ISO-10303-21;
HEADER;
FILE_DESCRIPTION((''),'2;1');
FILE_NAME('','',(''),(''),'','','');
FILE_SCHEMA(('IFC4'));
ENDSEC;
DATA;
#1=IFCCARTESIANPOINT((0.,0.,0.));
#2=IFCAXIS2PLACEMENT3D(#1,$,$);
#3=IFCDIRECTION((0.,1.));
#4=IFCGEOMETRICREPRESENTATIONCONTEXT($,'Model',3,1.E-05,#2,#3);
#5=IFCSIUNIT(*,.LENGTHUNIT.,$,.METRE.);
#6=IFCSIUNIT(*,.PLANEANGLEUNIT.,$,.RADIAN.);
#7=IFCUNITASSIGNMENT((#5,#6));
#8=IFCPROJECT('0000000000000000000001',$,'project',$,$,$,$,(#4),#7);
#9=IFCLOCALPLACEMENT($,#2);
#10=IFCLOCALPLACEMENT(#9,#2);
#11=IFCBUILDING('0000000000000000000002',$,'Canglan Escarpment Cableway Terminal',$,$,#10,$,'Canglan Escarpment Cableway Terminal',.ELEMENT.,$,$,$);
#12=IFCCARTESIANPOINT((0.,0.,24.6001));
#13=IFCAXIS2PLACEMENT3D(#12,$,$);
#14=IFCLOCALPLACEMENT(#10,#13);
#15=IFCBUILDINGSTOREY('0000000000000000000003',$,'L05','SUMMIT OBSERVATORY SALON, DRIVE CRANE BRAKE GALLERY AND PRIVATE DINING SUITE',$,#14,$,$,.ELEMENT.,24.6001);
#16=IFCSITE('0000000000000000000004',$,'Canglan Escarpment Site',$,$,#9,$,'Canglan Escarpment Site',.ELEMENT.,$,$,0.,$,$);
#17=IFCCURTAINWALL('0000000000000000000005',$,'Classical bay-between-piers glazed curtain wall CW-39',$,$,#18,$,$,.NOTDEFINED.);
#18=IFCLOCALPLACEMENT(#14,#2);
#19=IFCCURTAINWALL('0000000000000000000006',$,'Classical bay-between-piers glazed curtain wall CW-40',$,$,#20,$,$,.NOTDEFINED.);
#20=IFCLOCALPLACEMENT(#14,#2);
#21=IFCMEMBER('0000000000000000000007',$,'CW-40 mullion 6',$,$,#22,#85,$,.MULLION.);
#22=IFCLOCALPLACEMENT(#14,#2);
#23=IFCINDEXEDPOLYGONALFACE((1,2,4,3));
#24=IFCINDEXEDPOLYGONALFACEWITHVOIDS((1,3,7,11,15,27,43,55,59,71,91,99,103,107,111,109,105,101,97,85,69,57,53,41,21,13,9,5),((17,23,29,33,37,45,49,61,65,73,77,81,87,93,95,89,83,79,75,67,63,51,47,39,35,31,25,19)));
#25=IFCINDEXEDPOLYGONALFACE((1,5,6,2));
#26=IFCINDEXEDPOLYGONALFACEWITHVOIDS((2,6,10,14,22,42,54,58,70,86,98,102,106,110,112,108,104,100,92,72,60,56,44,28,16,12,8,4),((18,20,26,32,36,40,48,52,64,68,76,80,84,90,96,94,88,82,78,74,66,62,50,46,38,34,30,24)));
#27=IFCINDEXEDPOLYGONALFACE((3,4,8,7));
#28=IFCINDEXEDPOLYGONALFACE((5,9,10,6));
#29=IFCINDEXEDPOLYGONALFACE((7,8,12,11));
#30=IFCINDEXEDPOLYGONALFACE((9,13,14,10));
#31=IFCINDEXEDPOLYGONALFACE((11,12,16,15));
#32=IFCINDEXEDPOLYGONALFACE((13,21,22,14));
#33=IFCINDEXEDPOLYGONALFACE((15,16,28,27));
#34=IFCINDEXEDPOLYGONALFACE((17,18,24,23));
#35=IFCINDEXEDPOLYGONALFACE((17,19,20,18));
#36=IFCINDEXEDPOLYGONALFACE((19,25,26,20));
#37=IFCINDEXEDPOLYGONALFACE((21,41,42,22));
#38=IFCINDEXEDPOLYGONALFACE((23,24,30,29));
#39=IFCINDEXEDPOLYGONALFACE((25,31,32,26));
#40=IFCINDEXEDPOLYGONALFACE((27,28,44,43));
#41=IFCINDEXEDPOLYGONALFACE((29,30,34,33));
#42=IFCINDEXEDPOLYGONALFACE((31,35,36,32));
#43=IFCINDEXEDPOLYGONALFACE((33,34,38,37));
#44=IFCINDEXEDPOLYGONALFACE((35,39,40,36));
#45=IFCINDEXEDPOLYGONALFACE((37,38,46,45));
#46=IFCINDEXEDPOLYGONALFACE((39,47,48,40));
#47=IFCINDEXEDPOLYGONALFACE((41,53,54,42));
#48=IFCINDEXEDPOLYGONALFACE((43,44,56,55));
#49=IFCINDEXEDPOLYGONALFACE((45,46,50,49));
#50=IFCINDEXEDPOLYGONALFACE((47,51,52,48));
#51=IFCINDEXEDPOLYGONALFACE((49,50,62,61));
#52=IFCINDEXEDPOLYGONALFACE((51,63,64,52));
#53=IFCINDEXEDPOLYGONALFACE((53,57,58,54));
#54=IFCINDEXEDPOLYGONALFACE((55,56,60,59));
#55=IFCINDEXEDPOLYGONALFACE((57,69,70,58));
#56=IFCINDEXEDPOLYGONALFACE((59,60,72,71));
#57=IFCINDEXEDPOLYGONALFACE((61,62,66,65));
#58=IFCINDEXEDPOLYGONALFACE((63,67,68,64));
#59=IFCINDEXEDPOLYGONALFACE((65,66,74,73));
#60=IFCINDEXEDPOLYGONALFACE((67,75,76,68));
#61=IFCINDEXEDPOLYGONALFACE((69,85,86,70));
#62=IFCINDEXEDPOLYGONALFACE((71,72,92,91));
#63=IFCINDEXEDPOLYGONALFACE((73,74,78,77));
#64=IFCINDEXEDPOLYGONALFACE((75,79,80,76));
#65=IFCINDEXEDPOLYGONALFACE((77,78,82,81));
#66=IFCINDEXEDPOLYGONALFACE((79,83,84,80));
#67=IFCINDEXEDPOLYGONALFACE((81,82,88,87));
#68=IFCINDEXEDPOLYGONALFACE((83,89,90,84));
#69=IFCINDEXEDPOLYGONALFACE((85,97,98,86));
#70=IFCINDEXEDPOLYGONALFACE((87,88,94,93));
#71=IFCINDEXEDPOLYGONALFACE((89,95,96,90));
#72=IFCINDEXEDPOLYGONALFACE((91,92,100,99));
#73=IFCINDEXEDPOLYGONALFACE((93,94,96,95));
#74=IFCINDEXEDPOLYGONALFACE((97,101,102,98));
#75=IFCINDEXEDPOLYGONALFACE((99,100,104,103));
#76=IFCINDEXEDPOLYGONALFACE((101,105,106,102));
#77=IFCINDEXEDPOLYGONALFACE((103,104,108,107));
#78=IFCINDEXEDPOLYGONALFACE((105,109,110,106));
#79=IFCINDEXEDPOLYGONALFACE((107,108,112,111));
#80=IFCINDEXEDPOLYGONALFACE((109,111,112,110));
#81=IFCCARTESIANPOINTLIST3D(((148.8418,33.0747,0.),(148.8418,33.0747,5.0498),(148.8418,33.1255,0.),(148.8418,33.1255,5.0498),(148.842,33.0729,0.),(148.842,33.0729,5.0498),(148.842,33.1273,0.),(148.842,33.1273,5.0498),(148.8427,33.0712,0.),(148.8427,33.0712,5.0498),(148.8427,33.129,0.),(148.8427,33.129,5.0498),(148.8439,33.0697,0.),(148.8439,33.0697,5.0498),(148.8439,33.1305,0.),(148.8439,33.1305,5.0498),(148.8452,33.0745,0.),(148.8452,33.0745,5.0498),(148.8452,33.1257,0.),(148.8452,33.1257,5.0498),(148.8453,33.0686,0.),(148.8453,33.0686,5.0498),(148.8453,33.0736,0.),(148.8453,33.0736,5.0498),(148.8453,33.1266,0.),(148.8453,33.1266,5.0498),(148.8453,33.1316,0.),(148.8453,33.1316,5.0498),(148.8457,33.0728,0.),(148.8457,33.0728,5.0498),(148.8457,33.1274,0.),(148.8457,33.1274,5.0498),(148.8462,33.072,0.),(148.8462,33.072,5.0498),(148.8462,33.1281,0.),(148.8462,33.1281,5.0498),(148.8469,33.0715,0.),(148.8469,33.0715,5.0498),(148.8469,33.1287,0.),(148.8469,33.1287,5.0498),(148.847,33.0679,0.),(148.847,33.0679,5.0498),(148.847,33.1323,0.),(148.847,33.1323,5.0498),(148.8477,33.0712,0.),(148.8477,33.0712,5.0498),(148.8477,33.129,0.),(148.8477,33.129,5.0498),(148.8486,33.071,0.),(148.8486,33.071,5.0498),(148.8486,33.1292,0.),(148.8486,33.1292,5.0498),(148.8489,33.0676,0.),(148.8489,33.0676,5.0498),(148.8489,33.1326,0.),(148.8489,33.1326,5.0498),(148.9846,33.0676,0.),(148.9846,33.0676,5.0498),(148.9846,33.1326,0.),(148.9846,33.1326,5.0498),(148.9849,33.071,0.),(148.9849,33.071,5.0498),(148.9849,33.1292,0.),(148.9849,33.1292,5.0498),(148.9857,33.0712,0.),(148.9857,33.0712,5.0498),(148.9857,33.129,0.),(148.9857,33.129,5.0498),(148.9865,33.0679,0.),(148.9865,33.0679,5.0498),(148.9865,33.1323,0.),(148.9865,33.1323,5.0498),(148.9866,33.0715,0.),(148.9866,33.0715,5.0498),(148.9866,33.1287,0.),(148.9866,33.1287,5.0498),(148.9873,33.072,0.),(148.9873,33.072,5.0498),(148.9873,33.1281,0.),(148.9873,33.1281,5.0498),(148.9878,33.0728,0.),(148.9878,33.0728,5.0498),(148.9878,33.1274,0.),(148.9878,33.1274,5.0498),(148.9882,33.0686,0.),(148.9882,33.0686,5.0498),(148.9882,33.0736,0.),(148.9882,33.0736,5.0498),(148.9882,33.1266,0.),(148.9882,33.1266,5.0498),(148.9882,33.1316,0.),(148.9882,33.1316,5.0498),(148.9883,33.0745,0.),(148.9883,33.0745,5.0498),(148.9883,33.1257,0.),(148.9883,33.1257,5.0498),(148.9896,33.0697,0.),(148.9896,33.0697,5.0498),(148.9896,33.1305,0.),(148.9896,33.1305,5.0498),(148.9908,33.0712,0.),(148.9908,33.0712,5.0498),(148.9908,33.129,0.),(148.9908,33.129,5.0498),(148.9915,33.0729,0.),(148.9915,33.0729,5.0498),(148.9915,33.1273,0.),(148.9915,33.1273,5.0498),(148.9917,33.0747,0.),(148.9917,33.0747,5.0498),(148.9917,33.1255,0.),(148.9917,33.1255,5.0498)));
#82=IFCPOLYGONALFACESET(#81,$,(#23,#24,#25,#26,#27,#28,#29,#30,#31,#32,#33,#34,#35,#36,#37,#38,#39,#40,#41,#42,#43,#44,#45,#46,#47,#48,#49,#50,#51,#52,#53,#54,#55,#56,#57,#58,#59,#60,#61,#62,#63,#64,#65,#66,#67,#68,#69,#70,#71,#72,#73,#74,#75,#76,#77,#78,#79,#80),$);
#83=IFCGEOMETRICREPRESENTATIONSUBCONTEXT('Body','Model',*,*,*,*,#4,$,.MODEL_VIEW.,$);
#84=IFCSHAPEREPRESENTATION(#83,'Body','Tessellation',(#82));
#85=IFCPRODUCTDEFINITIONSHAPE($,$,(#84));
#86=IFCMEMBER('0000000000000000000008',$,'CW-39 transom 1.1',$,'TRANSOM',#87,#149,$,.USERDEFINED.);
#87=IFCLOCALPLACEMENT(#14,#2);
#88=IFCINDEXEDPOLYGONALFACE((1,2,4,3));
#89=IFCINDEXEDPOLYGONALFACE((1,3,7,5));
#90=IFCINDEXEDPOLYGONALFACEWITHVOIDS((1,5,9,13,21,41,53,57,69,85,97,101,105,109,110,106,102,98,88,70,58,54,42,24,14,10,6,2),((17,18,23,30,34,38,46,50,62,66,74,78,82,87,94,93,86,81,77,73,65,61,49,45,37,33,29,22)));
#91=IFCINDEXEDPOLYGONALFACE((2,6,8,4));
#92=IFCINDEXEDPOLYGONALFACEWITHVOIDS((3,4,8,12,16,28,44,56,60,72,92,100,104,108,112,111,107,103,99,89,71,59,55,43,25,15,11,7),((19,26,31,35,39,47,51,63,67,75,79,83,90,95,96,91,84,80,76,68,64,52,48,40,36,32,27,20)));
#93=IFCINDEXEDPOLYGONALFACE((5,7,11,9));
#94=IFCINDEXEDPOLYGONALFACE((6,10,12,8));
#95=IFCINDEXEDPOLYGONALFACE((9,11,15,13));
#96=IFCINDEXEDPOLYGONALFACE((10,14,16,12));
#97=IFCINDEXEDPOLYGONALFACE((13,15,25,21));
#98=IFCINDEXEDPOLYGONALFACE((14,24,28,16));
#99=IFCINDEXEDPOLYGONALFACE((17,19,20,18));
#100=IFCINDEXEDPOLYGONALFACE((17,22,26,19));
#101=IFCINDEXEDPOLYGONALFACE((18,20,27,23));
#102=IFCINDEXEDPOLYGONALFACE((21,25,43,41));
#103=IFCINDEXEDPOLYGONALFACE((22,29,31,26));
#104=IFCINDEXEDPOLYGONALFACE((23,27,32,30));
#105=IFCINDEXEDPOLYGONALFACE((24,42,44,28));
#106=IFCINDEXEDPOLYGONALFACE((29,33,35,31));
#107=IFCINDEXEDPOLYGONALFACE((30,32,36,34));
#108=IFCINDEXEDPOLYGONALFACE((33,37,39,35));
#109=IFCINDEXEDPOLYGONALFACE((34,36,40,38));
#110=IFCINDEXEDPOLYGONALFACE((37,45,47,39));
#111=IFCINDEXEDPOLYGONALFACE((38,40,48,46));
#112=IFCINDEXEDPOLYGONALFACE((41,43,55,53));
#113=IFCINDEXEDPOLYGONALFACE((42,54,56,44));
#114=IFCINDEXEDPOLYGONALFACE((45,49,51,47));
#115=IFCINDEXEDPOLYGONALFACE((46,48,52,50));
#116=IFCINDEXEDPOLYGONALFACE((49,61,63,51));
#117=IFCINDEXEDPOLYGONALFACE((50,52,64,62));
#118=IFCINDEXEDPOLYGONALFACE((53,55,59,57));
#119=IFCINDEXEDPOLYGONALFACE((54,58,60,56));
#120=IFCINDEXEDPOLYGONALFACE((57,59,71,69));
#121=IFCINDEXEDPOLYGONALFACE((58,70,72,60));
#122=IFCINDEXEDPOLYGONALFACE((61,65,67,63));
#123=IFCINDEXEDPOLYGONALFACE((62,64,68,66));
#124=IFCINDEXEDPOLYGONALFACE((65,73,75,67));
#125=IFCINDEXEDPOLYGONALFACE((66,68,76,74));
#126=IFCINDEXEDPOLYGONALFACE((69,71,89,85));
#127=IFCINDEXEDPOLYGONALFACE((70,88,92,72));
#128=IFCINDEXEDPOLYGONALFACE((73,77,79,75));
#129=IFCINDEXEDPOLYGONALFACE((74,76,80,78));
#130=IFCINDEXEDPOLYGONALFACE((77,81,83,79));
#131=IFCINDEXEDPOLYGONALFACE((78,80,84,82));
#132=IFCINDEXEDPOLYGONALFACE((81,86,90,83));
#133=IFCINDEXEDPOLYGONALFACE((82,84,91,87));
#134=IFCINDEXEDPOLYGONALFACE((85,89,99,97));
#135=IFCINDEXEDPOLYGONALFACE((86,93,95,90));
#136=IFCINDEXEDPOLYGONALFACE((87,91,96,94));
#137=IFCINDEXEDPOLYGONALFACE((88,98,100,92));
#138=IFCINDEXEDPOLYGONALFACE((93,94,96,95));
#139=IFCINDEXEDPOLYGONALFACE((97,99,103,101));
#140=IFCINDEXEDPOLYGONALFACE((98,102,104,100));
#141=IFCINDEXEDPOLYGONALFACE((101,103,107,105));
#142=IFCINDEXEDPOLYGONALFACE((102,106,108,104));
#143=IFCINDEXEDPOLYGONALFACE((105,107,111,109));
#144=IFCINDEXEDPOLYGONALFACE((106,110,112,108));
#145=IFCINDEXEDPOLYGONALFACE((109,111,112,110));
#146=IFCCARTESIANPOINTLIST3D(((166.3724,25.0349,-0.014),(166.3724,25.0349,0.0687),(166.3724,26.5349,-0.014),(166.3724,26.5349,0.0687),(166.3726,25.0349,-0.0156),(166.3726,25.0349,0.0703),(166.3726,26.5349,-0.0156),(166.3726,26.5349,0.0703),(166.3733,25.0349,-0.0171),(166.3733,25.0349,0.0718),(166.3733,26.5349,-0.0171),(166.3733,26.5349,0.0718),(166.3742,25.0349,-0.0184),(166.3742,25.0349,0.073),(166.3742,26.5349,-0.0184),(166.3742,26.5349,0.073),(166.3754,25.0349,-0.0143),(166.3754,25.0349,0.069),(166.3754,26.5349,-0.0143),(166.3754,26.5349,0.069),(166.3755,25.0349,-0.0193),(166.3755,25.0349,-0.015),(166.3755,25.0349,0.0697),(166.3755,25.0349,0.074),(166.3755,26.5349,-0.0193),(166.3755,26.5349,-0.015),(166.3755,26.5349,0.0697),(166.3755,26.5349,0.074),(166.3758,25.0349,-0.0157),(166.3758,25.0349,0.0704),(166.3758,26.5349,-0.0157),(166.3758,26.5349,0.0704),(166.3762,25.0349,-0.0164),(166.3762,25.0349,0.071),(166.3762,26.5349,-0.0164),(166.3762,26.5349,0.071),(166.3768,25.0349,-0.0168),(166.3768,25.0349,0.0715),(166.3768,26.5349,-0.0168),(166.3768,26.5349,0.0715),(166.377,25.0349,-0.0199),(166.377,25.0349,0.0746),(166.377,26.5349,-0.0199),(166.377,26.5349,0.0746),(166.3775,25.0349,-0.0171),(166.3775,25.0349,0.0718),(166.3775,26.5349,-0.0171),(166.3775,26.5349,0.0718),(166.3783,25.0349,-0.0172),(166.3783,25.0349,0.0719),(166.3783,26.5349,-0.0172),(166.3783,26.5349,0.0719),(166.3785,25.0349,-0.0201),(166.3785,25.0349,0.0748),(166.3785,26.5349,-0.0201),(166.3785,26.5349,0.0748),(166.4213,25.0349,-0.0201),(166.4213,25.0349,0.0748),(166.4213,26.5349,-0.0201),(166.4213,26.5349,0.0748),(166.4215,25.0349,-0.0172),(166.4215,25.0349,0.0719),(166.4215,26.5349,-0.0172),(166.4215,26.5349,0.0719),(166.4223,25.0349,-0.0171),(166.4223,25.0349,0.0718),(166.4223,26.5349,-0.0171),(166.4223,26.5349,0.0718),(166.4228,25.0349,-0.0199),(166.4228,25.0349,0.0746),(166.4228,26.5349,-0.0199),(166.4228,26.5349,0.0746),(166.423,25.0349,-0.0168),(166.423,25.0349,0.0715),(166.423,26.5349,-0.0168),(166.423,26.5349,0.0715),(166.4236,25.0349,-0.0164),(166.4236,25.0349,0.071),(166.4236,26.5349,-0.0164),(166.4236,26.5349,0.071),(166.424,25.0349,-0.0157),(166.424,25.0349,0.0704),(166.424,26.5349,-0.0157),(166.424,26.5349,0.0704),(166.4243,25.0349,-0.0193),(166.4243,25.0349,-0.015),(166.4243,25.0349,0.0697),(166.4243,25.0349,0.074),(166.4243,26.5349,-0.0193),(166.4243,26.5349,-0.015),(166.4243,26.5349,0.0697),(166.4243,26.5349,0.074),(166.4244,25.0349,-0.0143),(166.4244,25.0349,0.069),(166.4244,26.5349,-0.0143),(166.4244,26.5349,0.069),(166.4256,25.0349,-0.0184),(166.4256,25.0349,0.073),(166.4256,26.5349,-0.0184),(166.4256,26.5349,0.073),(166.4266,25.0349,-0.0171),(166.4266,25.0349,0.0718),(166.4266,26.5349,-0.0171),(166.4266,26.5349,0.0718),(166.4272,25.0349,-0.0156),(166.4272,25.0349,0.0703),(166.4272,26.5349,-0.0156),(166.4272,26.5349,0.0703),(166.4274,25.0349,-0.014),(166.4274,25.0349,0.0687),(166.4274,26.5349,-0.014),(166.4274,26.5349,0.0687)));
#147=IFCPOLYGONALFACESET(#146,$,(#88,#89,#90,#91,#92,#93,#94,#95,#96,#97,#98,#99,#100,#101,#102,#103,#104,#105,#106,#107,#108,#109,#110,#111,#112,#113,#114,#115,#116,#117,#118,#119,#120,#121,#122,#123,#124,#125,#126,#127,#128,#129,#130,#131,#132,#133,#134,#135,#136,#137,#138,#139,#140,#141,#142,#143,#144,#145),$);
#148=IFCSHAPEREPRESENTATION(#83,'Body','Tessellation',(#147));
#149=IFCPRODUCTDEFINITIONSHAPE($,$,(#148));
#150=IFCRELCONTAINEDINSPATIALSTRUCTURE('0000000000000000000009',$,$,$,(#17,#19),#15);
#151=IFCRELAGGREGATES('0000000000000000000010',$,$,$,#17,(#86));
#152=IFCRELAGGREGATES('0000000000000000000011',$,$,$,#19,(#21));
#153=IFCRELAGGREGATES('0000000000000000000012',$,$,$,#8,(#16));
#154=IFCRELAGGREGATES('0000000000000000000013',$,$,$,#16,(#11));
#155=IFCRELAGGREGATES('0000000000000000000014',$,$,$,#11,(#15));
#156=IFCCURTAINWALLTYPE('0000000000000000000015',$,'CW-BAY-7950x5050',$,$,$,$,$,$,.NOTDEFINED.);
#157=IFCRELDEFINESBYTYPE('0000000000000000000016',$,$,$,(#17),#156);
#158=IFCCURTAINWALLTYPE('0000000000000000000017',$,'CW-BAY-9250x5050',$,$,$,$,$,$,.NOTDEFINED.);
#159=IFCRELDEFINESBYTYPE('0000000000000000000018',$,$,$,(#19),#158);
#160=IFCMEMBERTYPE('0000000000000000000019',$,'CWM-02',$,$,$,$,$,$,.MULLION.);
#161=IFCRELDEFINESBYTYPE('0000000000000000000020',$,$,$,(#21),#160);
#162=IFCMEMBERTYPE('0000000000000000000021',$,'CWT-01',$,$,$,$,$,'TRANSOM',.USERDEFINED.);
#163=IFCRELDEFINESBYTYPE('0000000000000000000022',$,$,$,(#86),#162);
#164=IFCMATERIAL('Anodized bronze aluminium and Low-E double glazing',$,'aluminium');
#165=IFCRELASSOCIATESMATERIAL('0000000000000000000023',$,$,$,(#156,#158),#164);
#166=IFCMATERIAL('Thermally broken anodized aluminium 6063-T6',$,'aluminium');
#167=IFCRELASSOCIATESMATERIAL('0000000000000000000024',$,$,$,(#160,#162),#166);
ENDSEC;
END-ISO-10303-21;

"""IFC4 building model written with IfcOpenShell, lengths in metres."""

from ifc_helpers import new_model, si_unit, direction, frame, origin, origin_2d, place, context, subcontext, project, spatial, hollow_rectangle, extrude, material, material_profile, profile_set, type_object, element, aggregate, save


model = new_model("IFC4")

# Units and contexts
model_context = context("Model", 3, precision=1e-05, world=origin(), true_north=direction((0.0, 1.0)))
body_context = subcontext(model_context, "Body", "Model", "MODEL_VIEW")
ifc_project = project(units=[si_unit("LENGTHUNIT", "METRE"), si_unit("PLANEANGLEUNIT", "RADIAN")], contexts=[model_context])

# Site, building, storey
site_placement = place(None, origin())
site = spatial("IfcSite", under=ifc_project, at=site_placement, Name="Canglan Escarpment Site", LongName="Canglan Escarpment Site", CompositionType="ELEMENT", RefElevation=0.0)
building_placement = place(site_placement, origin())
building = spatial("IfcBuilding", under=site, at=building_placement, Name="Canglan Escarpment Cableway Terminal", LongName="Canglan Escarpment Cableway Terminal", CompositionType="ELEMENT")
storey_placement = place(building_placement, frame((0.0, 0.0, 24.6001)))
storey = spatial("IfcBuildingStorey", under=building, at=storey_placement, Name="L05", Description="SUMMIT OBSERVATORY SALON, DRIVE CRANE BRAKE GALLERY AND PRIVATE DINING SUITE", CompositionType="ELEMENT", Elevation=24.6001)

# Curtain wall
ifc_material_1 = material(Name="Anodized bronze aluminium and Low-E double glazing", Category="aluminium")
curtain_wall_type_1 = type_object("IfcCurtainWallType", Name="CW-BAY-7950x5050", PredefinedType="NOTDEFINED", material=ifc_material_1)
curtain_wall_1_placement = place(storey_placement, origin())
curtain_wall_1 = element("IfcCurtainWall", 1, at=curtain_wall_1_placement, inside=storey, type_object=curtain_wall_type_1, Name="Classical bay-between-piers glazed curtain wall CW-39", PredefinedType="NOTDEFINED")
ifc_material_2 = material(Name="Thermally broken anodized aluminium 6063-T6", Category="aluminium")

# Curtain wall, member
curtain_wall_type_2 = type_object("IfcCurtainWallType", Name="CW-BAY-9250x5050", PredefinedType="NOTDEFINED", material=ifc_material_1)
curtain_wall_2_placement = place(storey_placement, origin())
curtain_wall_2 = element("IfcCurtainWall", 2, at=curtain_wall_2_placement, inside=storey, type_object=curtain_wall_type_2, Name="Classical bay-between-piers glazed curtain wall CW-40", PredefinedType="NOTDEFINED")
ifc_material_profile_1 = material_profile(ifc_material_2, hollow_rectangle(XDim=0.0649, YDim=0.1499, WallThickness=0.0034, InnerFilletRadius=0.0034, OuterFilletRadius=0.0071, at=origin_2d()), Name="ALU-MULL 65x150x3.5")
ifc_profile_set_1 = profile_set([ifc_material_profile_1], Name="Thermally broken anodized aluminium 6063-T6")
member_type_1 = type_object("IfcMemberType", Name="CWM-02", PredefinedType="MULLION", material=ifc_profile_set_1)
member_1_placement = place(storey_placement, frame((148.9167, 33.1001, 0.0), z_axis=(0.0, 0.0, 1.0), x_axis=(0.0, -1.0, 0.0)))
member_1 = element("IfcMember", 3, at=member_1_placement, type_object=member_type_1, Name="CW-40 mullion 6", PredefinedType="MULLION", context=body_context, shape_type="SweptSolid", body=[
    extrude(hollow_rectangle(XDim=0.0649, YDim=0.1499, WallThickness=0.0034, InnerFilletRadius=0.0034, OuterFilletRadius=0.0071, at=origin_2d()), origin(), (0.0, 0.0, 1.0), 5.0498),
])

# Member
ifc_material_profile_2 = material_profile(ifc_material_2, hollow_rectangle(XDim=0.0549, YDim=0.095, WallThickness=0.0029, InnerFilletRadius=0.0029, OuterFilletRadius=0.0061, at=origin_2d()), Name="ALU-TRAN 55x95x3")
ifc_profile_set_2 = profile_set([ifc_material_profile_2], Name="Thermally broken anodized aluminium 6063-T6")
member_type_2 = type_object("IfcMemberType", Name="CWT-01", ElementType="TRANSOM", PredefinedType="USERDEFINED", material=ifc_profile_set_2)
member_2_placement = place(storey_placement, frame((166.3999, 25.0349, 0.0273), z_axis=(0.0, 1.0, 0.0), x_axis=(-1.0, 0.0, 0.0)))
member_2 = element("IfcMember", 4, at=member_2_placement, type_object=member_type_2, Name="CW-39 transom 1.1", ObjectType="TRANSOM", PredefinedType="USERDEFINED", context=body_context, shape_type="SweptSolid", body=[
    extrude(hollow_rectangle(XDim=0.0549, YDim=0.095, WallThickness=0.0029, InnerFilletRadius=0.0029, OuterFilletRadius=0.0061, at=origin_2d()), origin(), (0.0, 0.0, 1.0), 1.5),
])
aggregate(curtain_wall_1, [member_2])

aggregate(curtain_wall_2, [member_1])

save(model, "model.ifc")
